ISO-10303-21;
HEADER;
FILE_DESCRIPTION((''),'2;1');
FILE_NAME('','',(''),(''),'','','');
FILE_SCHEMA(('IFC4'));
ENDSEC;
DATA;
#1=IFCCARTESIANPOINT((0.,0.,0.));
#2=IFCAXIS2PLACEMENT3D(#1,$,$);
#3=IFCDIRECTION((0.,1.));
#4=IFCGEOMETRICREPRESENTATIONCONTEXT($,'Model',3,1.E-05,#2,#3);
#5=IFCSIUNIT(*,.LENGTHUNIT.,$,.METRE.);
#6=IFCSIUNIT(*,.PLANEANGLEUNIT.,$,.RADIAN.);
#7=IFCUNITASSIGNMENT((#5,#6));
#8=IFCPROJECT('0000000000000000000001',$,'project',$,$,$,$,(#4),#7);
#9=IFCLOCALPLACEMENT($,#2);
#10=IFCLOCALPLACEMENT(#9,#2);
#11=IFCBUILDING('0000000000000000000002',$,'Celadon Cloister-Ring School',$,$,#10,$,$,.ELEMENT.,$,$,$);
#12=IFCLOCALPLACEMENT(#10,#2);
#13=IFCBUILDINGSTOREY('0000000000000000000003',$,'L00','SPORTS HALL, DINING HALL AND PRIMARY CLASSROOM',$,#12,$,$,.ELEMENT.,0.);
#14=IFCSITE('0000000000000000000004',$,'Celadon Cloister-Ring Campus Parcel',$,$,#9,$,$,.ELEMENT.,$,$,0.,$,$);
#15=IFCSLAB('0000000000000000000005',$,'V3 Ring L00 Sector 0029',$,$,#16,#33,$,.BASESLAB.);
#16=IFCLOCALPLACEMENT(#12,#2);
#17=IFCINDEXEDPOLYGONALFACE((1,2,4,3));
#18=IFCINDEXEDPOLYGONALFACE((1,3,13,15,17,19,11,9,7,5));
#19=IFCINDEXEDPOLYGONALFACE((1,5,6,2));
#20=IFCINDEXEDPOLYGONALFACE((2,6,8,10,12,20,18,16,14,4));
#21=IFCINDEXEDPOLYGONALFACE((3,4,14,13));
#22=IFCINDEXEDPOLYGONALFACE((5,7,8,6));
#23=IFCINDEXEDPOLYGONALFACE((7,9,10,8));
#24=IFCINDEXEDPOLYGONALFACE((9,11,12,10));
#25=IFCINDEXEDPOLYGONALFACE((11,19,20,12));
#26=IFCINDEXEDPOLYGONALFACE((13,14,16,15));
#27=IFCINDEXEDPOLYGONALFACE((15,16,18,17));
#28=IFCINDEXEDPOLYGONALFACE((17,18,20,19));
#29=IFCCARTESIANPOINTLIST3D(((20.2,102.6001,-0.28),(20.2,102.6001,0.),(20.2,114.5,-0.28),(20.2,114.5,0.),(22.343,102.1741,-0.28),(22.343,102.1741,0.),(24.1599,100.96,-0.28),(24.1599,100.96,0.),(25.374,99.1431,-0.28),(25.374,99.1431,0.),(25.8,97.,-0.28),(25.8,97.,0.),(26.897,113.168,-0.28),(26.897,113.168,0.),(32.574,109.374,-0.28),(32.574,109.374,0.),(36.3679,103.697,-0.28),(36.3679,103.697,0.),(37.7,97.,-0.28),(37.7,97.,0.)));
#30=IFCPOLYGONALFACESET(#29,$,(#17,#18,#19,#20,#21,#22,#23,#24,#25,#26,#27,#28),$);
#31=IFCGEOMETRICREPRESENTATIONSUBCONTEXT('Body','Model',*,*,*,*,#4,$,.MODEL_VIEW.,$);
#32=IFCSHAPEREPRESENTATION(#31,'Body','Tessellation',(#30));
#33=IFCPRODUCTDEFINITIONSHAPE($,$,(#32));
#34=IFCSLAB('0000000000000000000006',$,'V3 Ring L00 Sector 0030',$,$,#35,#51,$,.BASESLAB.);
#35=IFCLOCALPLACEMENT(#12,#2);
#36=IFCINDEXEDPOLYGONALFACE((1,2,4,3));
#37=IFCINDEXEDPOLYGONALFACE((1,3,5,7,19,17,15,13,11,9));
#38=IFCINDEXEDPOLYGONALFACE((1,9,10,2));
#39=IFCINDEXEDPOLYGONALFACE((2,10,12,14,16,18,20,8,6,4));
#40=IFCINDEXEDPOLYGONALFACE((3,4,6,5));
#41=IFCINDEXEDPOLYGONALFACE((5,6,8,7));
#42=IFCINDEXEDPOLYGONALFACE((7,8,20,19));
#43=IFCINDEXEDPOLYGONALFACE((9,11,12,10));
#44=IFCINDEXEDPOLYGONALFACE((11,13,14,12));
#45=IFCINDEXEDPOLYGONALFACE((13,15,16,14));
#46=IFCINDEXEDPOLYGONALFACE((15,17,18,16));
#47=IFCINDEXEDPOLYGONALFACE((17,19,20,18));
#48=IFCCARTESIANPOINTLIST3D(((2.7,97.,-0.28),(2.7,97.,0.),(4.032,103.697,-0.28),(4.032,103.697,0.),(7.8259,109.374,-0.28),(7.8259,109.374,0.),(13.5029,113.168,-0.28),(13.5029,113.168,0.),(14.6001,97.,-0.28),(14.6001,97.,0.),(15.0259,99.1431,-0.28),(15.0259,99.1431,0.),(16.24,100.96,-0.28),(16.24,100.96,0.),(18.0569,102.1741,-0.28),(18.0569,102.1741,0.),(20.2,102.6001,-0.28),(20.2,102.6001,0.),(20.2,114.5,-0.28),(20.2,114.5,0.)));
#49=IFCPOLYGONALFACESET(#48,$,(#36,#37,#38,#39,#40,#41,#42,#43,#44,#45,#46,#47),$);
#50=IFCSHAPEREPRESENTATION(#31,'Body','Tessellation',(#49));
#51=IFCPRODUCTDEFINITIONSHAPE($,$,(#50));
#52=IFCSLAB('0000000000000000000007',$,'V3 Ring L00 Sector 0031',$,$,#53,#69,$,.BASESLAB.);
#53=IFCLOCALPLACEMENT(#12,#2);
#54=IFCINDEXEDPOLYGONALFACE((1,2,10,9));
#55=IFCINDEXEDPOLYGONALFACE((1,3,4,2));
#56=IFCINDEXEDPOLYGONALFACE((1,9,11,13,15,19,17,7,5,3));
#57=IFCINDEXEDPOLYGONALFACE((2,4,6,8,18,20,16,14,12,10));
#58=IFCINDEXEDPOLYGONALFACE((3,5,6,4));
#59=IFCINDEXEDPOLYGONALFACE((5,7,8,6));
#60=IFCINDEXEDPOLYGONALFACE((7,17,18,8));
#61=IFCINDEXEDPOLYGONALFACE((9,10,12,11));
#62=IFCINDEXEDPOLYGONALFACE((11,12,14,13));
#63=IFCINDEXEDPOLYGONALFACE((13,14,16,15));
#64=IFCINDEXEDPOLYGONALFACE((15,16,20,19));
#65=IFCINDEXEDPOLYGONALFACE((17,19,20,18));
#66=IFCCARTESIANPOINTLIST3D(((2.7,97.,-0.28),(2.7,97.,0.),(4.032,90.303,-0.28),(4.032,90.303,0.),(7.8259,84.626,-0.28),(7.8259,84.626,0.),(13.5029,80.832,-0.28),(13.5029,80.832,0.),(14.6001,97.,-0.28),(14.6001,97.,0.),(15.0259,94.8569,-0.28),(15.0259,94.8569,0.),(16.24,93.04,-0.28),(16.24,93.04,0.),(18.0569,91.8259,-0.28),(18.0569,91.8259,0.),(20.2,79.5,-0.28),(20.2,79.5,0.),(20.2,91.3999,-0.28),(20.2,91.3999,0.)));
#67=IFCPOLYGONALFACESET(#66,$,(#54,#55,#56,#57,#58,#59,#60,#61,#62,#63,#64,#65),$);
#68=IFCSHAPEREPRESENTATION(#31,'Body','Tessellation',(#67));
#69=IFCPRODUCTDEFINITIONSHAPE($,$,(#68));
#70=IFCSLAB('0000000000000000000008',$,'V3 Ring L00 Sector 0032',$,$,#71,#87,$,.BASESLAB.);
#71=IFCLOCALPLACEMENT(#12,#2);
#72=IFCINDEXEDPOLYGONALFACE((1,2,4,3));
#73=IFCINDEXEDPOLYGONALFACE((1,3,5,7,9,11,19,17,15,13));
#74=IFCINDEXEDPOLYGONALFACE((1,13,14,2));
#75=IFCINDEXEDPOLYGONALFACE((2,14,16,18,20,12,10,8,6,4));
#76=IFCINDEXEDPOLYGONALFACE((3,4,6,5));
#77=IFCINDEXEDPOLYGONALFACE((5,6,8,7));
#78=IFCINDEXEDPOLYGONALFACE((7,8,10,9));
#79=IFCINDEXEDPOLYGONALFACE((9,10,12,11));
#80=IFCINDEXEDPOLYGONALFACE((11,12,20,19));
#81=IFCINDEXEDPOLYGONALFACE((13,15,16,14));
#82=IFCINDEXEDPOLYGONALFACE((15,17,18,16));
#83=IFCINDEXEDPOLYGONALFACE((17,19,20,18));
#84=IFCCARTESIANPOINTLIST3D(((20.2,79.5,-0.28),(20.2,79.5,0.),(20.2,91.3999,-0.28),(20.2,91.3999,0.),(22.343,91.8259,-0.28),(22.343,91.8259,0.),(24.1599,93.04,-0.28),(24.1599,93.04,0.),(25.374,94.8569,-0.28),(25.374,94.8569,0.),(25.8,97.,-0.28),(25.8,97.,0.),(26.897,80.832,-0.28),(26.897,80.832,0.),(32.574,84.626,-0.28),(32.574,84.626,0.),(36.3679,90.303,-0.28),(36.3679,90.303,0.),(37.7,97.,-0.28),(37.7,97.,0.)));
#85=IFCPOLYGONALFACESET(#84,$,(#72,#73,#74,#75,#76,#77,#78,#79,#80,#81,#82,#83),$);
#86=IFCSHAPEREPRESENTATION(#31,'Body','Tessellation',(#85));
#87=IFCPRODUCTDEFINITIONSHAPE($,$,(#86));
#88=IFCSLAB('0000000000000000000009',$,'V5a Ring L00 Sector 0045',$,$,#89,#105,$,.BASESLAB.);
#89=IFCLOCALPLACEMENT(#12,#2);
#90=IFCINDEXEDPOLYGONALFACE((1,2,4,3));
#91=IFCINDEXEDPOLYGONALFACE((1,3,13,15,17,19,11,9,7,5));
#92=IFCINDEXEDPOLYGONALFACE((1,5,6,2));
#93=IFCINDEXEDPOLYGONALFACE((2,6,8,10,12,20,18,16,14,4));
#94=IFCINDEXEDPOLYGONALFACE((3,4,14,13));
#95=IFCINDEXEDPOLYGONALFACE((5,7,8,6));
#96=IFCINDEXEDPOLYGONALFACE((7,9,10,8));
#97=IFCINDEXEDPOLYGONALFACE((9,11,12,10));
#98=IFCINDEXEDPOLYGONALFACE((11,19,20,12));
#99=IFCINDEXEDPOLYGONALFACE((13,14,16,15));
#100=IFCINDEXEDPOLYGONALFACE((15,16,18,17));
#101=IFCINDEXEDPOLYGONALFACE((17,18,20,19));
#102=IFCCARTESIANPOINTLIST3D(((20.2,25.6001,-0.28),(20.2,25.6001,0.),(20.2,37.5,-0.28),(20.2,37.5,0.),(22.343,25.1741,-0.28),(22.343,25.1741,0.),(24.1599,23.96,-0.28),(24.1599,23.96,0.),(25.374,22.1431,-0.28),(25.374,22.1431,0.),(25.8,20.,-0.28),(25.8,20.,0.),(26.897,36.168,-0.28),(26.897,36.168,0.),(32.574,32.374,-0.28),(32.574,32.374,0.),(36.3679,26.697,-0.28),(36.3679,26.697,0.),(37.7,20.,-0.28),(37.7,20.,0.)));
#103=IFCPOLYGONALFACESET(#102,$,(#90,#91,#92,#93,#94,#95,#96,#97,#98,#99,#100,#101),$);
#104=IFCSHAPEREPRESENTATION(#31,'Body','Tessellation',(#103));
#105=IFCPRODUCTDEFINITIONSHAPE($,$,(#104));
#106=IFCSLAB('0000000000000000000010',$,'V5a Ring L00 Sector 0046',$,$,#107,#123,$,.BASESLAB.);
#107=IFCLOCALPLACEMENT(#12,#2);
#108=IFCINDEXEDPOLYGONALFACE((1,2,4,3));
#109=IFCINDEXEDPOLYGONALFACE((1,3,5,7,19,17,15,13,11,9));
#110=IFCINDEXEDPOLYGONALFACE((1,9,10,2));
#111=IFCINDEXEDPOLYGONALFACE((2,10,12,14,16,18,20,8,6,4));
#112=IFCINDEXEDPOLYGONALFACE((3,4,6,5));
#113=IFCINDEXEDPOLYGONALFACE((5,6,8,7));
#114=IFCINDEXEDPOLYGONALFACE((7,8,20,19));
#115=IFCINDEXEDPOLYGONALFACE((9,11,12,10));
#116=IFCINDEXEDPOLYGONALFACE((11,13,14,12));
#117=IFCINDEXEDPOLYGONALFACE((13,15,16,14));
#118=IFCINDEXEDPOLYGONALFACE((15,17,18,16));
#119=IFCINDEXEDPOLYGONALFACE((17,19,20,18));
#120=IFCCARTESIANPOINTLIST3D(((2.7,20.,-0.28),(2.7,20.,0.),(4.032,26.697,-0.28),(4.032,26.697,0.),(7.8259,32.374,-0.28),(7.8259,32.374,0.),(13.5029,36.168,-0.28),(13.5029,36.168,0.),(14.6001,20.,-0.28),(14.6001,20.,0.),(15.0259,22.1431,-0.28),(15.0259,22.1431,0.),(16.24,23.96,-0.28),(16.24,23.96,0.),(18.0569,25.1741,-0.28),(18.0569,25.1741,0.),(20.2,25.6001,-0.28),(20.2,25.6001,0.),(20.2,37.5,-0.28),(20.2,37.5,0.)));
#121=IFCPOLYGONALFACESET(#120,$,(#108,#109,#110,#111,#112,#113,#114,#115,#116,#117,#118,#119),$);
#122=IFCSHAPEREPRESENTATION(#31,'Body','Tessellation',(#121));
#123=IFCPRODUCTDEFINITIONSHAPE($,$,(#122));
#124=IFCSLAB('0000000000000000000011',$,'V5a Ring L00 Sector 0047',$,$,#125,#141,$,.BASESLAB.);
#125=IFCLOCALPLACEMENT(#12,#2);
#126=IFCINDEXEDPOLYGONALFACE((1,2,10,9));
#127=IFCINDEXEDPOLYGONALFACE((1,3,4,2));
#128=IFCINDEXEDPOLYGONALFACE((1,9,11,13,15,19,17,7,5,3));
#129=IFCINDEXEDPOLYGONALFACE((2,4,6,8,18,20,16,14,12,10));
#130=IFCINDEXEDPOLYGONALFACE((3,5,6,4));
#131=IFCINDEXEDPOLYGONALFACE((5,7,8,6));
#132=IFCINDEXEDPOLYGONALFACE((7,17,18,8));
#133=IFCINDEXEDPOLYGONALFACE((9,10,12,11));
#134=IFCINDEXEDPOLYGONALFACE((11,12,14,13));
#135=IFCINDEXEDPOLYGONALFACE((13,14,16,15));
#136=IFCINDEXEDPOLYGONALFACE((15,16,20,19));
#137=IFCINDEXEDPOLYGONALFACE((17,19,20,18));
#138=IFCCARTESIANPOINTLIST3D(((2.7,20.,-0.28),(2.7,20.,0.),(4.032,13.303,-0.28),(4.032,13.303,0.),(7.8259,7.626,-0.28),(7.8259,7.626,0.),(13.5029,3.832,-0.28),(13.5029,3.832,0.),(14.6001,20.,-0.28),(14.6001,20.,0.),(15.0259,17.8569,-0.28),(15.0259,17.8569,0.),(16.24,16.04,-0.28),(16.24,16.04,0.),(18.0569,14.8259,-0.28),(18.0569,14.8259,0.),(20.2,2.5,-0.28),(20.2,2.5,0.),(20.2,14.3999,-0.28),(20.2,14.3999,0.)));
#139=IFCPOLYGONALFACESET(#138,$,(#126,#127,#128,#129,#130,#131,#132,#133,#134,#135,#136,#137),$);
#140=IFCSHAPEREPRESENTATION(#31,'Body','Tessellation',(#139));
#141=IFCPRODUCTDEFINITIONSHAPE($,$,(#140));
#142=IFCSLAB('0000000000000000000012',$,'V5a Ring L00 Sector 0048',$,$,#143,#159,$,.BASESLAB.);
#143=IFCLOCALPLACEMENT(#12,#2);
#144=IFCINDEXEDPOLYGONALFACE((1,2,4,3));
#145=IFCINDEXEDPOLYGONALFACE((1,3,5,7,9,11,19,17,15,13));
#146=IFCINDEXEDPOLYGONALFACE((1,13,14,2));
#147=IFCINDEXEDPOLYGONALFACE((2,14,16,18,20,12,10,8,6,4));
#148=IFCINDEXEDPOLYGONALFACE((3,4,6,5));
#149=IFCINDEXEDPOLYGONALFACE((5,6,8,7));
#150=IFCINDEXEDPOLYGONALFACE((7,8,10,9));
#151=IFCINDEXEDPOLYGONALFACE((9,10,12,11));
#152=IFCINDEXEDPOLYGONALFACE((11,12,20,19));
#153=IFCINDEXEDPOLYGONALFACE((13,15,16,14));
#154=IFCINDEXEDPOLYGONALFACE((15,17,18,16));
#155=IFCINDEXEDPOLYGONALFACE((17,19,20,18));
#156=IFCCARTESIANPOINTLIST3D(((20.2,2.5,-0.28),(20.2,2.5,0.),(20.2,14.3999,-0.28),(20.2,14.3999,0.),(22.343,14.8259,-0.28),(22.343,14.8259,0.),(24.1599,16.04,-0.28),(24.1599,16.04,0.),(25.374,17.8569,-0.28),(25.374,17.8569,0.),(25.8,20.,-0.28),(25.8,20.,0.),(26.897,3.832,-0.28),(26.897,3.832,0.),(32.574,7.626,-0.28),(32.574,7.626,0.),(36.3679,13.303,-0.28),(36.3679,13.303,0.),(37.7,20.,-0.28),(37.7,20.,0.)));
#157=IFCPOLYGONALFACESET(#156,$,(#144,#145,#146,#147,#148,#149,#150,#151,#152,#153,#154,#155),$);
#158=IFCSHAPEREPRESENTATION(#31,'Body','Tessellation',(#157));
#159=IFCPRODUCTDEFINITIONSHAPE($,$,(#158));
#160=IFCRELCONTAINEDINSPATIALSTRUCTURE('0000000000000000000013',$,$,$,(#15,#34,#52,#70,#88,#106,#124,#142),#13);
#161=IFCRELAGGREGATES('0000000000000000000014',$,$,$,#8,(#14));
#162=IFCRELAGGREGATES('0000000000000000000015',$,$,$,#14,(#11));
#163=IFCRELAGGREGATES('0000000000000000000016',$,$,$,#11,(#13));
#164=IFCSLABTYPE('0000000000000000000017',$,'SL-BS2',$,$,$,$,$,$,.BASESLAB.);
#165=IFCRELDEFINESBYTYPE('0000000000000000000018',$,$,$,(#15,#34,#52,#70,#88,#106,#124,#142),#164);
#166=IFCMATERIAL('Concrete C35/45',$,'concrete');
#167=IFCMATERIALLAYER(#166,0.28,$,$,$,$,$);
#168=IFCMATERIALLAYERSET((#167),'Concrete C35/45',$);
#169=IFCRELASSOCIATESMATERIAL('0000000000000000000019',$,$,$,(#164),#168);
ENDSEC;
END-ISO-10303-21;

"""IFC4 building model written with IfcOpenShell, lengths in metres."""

from ifc_helpers import new_model, si_unit, direction, frame, origin, place, context, subcontext, project, spatial, polyline, outline, extrude, material, layer, layer_set, type_object, element, save


model = new_model("IFC4")

# Units and contexts
model_context = context("Model", 3, precision=1e-05, world=origin(), true_north=direction((0.0, 1.0)))
body_context = subcontext(model_context, "Body", "Model", "MODEL_VIEW")
ifc_project = project(units=[si_unit("LENGTHUNIT", "METRE"), si_unit("PLANEANGLEUNIT", "RADIAN")], contexts=[model_context])

# Site, building, storey
site_placement = place(None, origin())
site = spatial("IfcSite", under=ifc_project, at=site_placement, Name="Celadon Cloister-Ring Campus Parcel", CompositionType="ELEMENT", RefElevation=0.0)
building_placement = place(site_placement, origin())
building = spatial("IfcBuilding", under=site, at=building_placement, Name="Celadon Cloister-Ring School", CompositionType="ELEMENT")
storey_placement = place(building_placement, origin())
storey = spatial("IfcBuildingStorey", under=building, at=storey_placement, Name="L00", Description="SPORTS HALL, DINING HALL AND PRIMARY CLASSROOM", CompositionType="ELEMENT", Elevation=0.0)

# Slabs
ifc_material_1 = material(Name="Concrete C35/45", Category="concrete")
ifc_layer_1 = layer(ifc_material_1, 0.28)
ifc_layer_set_1 = layer_set([ifc_layer_1], Name="Concrete C35/45")
slab_type_1 = type_object("IfcSlabType", Name="SL-BS2", PredefinedType="BASESLAB", material=ifc_layer_set_1)
slab_1_placement = place(storey_placement, frame((0.0, 0.0, -0.28)))
element("IfcSlab", 1, at=slab_1_placement, inside=storey, type_object=slab_type_1, Name="V3 Ring L00 Sector 0029", PredefinedType="BASESLAB", context=body_context, shape_type="SweptSolid", body=[
    extrude(outline(polyline([(37.7, 97.0), (36.3679, 103.697), (32.574, 109.374), (26.897, 113.168), (20.2, 114.5), (20.2, 102.6001), (22.343, 102.1741), (24.1599, 100.96), (25.374, 99.1431), (25.8, 97.0), (37.7, 97.0)])), origin(), (0.0, 0.0, 1.0), 0.28),
])
slab_2_placement = place(storey_placement, frame((0.0, 0.0, -0.28)))
element("IfcSlab", 2, at=slab_2_placement, inside=storey, type_object=slab_type_1, Name="V3 Ring L00 Sector 0030", PredefinedType="BASESLAB", context=body_context, shape_type="SweptSolid", body=[
    extrude(outline(polyline([(20.2, 114.5), (13.5029, 113.168), (7.8259, 109.374), (4.032, 103.697), (2.7, 97.0), (14.6001, 97.0), (15.0259, 99.1431), (16.24, 100.96), (18.0569, 102.1741), (20.2, 102.6001), (20.2, 114.5)])), origin(), (0.0, 0.0, 1.0), 0.28),
])
slab_3_placement = place(storey_placement, frame((0.0, 0.0, -0.28)))
element("IfcSlab", 3, at=slab_3_placement, inside=storey, type_object=slab_type_1, Name="V3 Ring L00 Sector 0031", PredefinedType="BASESLAB", context=body_context, shape_type="SweptSolid", body=[
    extrude(outline(polyline([(2.7, 97.0), (4.032, 90.303), (7.8259, 84.626), (13.5029, 80.832), (20.2, 79.5), (20.2, 91.3999), (18.0569, 91.8259), (16.24, 93.04), (15.0259, 94.8569), (14.6001, 97.0), (2.7, 97.0)])), origin(), (0.0, 0.0, 1.0), 0.28),
])
slab_4_placement = place(storey_placement, frame((0.0, 0.0, -0.28)))
element("IfcSlab", 4, at=slab_4_placement, inside=storey, type_object=slab_type_1, Name="V3 Ring L00 Sector 0032", PredefinedType="BASESLAB", context=body_context, shape_type="SweptSolid", body=[
    extrude(outline(polyline([(20.2, 79.5), (26.897, 80.832), (32.574, 84.626), (36.3679, 90.303), (37.7, 97.0), (25.8, 97.0), (25.374, 94.8569), (24.1599, 93.04), (22.343, 91.8259), (20.2, 91.3999), (20.2, 79.5)])), origin(), (0.0, 0.0, 1.0), 0.28),
])
slab_5_placement = place(storey_placement, frame((0.0, 0.0, -0.28)))
element("IfcSlab", 5, at=slab_5_placement, inside=storey, type_object=slab_type_1, Name="V5a Ring L00 Sector 0045", PredefinedType="BASESLAB", context=body_context, shape_type="SweptSolid", body=[
    extrude(outline(polyline([(37.7, 20.0), (36.3679, 26.697), (32.574, 32.374), (26.897, 36.168), (20.2, 37.5), (20.2, 25.6001), (22.343, 25.1741), (24.1599, 23.96), (25.374, 22.1431), (25.8, 20.0), (37.7, 20.0)])), origin(), (0.0, 0.0, 1.0), 0.28),
])
slab_6_placement = place(storey_placement, frame((0.0, 0.0, -0.28)))
element("IfcSlab", 6, at=slab_6_placement, inside=storey, type_object=slab_type_1, Name="V5a Ring L00 Sector 0046", PredefinedType="BASESLAB", context=body_context, shape_type="SweptSolid", body=[
    extrude(outline(polyline([(20.2, 37.5), (13.5029, 36.168), (7.8259, 32.374), (4.032, 26.697), (2.7, 20.0), (14.6001, 20.0), (15.0259, 22.1431), (16.24, 23.96), (18.0569, 25.1741), (20.2, 25.6001), (20.2, 37.5)])), origin(), (0.0, 0.0, 1.0), 0.28),
])
slab_7_placement = place(storey_placement, frame((0.0, 0.0, -0.28)))
element("IfcSlab", 7, at=slab_7_placement, inside=storey, type_object=slab_type_1, Name="V5a Ring L00 Sector 0047", PredefinedType="BASESLAB", context=body_context, shape_type="SweptSolid", body=[
    extrude(outline(polyline([(2.7, 20.0), (4.032, 13.303), (7.8259, 7.626), (13.5029, 3.832), (20.2, 2.5), (20.2, 14.3999), (18.0569, 14.8259), (16.24, 16.04), (15.0259, 17.8569), (14.6001, 20.0), (2.7, 20.0)])), origin(), (0.0, 0.0, 1.0), 0.28),
])
slab_8_placement = place(storey_placement, frame((0.0, 0.0, -0.28)))
element("IfcSlab", 8, at=slab_8_placement, inside=storey, type_object=slab_type_1, Name="V5a Ring L00 Sector 0048", PredefinedType="BASESLAB", context=body_context, shape_type="SweptSolid", body=[
    extrude(outline(polyline([(20.2, 2.5), (26.897, 3.832), (32.574, 7.626), (36.3679, 13.303), (37.7, 20.0), (25.8, 20.0), (25.374, 17.8569), (24.1599, 16.04), (22.343, 14.8259), (20.2, 14.3999), (20.2, 2.5)])), origin(), (0.0, 0.0, 1.0), 0.28),
])

save(model, "model.ifc")
